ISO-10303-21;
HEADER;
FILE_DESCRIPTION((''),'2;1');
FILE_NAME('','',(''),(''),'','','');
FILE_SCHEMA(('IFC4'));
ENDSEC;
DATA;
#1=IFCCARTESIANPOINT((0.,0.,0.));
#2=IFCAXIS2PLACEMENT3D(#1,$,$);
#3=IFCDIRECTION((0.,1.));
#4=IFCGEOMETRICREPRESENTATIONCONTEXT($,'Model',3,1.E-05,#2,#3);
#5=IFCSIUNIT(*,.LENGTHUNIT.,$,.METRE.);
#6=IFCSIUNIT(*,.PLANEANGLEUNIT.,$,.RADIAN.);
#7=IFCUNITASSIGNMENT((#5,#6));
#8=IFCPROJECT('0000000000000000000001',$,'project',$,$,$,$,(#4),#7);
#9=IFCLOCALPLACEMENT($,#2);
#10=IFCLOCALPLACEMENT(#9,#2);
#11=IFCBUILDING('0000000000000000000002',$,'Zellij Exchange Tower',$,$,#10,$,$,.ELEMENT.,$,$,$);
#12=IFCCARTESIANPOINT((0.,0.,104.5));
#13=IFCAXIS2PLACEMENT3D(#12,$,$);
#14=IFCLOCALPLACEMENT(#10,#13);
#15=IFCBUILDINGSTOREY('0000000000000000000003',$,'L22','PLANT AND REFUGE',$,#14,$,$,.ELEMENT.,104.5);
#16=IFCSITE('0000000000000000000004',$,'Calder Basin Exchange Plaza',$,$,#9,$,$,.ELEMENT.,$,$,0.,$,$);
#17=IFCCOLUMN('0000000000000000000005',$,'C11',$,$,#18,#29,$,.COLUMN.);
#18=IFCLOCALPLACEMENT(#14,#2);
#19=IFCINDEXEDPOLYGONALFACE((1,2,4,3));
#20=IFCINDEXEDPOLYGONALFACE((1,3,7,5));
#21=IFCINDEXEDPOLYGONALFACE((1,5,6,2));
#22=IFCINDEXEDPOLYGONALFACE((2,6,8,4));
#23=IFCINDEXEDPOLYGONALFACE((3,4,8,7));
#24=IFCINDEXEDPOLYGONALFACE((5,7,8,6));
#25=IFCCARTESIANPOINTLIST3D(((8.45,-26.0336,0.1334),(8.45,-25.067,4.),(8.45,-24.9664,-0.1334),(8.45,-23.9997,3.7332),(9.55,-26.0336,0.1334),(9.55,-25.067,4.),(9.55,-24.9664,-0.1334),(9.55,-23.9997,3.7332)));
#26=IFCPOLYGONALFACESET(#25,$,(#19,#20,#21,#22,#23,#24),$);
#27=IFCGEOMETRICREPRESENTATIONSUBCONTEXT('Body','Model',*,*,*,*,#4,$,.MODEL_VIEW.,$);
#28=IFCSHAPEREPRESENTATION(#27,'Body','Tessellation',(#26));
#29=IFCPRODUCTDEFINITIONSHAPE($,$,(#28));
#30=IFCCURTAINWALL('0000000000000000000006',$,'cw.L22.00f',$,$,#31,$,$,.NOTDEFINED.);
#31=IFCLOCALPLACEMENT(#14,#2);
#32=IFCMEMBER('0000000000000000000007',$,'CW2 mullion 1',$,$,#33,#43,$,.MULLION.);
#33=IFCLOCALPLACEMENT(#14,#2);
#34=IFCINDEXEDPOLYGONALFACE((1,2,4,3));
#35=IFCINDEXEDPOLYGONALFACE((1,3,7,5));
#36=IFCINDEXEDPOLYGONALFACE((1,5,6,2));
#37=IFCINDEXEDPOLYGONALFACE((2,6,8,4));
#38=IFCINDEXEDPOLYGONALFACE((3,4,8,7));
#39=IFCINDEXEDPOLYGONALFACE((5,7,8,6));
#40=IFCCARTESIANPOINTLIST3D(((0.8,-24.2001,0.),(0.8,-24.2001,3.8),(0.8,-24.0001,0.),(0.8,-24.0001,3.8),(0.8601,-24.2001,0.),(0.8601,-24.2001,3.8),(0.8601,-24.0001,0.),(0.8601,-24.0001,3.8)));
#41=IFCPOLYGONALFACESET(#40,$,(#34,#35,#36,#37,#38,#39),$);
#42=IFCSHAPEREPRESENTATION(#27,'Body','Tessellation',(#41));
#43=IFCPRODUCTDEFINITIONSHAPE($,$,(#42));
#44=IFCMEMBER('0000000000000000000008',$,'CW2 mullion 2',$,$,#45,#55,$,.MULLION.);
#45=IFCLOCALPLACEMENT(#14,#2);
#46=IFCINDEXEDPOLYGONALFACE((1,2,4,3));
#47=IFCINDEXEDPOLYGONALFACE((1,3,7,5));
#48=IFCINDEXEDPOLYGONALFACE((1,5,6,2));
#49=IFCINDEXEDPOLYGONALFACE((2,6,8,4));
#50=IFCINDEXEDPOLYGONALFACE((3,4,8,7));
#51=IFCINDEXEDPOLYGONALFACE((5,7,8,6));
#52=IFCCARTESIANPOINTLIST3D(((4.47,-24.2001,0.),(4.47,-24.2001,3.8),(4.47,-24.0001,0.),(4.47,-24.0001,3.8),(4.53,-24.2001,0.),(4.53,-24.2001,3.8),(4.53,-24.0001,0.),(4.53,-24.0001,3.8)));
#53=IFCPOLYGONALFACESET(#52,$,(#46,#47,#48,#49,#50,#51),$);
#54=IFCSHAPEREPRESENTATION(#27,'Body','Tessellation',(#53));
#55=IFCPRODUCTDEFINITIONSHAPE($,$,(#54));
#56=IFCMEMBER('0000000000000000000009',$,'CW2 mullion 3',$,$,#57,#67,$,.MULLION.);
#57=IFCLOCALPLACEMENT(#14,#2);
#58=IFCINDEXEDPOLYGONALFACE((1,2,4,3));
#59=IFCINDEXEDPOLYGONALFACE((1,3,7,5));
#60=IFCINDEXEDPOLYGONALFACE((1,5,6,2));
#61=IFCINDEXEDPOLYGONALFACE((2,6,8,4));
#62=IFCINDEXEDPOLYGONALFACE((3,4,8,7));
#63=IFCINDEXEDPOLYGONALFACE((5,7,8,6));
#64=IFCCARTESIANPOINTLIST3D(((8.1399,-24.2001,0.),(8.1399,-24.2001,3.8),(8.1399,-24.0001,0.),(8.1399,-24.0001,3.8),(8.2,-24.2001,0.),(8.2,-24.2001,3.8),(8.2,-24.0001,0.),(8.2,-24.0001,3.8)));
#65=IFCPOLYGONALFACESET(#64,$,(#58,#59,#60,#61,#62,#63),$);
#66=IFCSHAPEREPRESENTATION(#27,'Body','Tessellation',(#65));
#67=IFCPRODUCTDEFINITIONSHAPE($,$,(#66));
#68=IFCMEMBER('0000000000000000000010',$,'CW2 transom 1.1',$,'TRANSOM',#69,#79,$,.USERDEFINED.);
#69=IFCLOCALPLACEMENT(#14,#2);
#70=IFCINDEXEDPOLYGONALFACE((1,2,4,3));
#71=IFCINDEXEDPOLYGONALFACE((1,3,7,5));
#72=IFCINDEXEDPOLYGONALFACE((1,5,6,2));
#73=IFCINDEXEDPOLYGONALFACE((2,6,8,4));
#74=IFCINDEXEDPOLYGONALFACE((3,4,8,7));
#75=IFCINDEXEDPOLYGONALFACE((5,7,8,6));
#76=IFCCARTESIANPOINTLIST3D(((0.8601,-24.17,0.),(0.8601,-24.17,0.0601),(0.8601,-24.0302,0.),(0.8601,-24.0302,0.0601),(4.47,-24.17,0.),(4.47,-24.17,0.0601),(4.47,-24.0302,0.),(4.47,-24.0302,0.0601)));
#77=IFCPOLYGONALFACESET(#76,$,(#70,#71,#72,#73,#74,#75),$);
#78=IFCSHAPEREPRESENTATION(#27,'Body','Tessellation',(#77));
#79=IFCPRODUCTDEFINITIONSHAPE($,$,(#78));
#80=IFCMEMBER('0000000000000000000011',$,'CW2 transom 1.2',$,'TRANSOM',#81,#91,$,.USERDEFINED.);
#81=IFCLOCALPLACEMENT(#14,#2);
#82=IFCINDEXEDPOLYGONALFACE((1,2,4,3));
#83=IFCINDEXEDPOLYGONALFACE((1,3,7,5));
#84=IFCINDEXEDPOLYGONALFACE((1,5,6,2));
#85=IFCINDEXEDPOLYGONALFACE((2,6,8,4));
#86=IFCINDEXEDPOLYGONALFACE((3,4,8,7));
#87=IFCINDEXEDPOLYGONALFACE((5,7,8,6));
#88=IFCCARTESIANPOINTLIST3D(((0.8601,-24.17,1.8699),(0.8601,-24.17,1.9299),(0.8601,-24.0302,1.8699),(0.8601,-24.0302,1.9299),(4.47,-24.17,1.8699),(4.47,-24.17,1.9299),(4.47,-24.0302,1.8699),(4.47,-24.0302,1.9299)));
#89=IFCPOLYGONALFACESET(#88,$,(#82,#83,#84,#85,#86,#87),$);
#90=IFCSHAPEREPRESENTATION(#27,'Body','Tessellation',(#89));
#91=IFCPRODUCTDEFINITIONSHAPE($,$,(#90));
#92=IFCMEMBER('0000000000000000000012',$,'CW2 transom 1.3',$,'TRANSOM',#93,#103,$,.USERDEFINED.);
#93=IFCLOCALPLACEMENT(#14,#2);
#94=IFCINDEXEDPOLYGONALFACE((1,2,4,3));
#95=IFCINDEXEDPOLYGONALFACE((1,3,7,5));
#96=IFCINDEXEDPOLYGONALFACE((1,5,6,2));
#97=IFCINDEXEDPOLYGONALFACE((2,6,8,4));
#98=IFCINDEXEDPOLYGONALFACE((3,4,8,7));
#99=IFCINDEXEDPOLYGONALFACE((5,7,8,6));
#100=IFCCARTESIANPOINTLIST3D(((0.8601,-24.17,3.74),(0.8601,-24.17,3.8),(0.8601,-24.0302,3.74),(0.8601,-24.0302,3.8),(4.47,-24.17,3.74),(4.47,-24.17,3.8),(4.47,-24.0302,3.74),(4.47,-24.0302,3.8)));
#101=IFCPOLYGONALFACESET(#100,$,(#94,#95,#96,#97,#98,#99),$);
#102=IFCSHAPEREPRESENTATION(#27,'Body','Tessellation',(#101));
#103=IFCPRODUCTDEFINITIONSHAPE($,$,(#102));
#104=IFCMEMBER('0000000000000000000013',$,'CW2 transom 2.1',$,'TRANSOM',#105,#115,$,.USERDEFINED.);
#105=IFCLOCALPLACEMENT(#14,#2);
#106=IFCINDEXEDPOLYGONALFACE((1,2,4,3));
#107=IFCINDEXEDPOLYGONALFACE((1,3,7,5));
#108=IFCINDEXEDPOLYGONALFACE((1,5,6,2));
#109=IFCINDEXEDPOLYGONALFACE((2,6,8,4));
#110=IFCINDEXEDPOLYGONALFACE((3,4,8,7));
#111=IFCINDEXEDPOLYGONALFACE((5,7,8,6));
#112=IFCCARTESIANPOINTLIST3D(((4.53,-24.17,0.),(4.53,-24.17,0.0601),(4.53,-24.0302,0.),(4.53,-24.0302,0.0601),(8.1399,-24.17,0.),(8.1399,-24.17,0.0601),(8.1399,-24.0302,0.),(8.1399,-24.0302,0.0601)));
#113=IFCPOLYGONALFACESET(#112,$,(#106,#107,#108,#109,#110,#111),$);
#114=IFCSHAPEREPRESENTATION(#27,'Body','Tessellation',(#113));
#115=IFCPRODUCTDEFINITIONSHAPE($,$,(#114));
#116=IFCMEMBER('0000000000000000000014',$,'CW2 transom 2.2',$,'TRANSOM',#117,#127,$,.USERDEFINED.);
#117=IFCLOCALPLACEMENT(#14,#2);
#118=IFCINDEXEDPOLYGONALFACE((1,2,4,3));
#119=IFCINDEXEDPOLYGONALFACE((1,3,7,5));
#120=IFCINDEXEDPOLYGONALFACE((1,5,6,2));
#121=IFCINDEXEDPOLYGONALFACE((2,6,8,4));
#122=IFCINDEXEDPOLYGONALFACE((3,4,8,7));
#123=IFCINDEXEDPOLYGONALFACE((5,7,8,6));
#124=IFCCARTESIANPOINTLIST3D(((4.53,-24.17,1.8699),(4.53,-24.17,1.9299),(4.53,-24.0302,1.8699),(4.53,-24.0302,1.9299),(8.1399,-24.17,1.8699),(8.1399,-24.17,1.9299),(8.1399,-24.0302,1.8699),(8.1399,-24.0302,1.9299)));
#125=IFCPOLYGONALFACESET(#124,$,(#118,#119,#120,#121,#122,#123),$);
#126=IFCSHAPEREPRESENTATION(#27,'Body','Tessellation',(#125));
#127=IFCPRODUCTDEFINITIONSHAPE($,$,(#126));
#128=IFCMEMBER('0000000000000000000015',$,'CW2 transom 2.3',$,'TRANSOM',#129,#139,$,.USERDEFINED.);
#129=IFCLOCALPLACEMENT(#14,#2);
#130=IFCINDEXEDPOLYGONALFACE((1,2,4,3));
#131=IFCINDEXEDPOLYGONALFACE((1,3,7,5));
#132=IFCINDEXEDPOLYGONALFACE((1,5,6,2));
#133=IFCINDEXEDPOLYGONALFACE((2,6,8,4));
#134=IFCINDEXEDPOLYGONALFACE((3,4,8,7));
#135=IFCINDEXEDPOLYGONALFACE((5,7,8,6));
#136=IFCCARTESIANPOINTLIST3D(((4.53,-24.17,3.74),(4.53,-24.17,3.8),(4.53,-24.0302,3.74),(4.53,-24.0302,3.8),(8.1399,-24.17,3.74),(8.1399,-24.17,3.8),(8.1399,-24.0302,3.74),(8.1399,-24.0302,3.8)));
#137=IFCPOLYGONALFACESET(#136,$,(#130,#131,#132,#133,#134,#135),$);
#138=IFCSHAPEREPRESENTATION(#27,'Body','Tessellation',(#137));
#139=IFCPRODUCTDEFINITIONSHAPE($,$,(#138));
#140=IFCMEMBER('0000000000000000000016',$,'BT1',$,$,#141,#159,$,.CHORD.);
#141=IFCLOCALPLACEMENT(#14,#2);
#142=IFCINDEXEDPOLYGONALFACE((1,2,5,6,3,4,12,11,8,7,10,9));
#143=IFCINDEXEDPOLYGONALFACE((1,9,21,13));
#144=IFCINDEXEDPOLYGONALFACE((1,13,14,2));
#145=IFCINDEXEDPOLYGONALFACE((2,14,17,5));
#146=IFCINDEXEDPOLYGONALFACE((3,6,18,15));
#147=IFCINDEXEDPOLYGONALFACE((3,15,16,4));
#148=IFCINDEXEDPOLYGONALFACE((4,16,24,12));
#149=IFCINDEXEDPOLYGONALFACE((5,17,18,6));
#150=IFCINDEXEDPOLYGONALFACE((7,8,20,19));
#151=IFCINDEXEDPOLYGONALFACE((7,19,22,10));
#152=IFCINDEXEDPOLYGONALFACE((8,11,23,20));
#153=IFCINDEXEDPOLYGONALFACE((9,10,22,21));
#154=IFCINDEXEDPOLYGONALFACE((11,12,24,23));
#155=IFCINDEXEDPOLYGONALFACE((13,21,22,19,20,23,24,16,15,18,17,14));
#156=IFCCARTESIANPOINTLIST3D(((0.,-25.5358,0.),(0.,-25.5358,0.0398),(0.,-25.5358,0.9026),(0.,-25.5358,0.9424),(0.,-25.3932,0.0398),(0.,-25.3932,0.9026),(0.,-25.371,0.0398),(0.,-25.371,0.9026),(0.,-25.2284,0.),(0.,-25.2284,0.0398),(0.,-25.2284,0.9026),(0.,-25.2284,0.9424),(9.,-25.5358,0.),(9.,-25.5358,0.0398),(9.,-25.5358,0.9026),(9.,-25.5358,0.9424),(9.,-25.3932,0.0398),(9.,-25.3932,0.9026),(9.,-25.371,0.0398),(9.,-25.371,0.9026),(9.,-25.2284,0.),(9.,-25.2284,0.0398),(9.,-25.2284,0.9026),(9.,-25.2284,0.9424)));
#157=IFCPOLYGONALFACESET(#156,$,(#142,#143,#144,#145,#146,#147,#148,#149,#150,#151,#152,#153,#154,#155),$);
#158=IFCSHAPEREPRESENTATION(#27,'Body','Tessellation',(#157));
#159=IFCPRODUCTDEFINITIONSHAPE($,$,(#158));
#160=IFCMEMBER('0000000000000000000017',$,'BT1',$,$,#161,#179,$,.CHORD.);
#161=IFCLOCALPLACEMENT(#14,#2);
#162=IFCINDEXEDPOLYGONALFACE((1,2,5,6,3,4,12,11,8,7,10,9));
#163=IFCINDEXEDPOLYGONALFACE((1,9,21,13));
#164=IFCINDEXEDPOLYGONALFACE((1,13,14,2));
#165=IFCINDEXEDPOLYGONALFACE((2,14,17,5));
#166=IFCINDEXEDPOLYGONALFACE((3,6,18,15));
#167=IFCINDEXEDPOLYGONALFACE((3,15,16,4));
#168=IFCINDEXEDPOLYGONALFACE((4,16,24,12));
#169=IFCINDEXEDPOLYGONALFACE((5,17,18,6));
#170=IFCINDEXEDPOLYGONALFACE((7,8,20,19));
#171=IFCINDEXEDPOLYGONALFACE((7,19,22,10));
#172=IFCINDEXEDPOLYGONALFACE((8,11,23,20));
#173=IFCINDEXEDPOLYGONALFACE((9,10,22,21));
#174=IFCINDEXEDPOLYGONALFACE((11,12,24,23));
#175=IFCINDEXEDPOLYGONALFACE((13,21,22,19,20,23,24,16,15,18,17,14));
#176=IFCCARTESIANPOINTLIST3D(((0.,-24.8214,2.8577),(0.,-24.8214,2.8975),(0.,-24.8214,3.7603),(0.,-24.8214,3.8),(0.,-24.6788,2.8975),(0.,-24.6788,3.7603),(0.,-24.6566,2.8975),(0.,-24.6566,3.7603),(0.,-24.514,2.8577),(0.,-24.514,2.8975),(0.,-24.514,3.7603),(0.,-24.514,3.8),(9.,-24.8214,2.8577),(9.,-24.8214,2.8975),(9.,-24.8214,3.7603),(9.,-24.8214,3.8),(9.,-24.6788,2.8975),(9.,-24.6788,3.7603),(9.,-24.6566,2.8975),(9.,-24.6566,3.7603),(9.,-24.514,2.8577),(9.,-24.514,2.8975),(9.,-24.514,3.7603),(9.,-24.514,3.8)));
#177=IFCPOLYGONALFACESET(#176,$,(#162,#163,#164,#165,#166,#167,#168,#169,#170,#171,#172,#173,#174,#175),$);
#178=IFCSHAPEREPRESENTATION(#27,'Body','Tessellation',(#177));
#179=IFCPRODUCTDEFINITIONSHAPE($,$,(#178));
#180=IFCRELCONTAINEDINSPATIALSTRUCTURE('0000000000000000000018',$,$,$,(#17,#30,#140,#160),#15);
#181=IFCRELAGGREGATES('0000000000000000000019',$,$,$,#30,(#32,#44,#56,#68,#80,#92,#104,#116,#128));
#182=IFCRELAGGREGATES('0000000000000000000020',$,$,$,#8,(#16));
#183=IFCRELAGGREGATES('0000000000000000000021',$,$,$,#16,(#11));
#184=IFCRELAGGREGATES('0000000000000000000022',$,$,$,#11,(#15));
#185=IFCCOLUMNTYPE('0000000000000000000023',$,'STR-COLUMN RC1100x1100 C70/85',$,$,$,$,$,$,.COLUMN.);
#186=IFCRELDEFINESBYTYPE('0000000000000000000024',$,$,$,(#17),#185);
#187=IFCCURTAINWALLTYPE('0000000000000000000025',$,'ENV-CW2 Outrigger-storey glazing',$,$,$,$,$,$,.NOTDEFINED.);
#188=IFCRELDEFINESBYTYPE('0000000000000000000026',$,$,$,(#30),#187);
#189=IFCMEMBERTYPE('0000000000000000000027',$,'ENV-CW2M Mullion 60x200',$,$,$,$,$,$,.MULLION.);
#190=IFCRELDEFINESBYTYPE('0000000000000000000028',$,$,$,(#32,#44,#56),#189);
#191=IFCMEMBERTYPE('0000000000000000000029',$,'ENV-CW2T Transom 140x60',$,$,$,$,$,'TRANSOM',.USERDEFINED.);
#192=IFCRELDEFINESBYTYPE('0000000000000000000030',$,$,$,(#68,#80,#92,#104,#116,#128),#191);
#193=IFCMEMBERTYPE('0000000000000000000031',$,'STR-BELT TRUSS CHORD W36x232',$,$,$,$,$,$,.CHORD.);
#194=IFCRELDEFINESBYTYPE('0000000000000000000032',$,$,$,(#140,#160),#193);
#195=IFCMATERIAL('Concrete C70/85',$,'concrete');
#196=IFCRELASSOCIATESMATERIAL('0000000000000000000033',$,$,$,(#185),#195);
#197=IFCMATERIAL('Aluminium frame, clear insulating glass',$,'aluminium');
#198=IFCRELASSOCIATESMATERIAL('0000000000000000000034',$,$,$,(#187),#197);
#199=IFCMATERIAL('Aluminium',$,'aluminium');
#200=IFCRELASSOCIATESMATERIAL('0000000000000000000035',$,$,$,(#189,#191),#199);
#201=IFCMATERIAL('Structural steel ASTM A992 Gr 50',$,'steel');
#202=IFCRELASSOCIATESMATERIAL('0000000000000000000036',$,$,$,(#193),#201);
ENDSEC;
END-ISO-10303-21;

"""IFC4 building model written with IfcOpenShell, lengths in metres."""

from ifc_helpers import new_model, si_unit, direction, frame, origin, origin_2d, place, context, subcontext, project, spatial, rectangle, i_section, extrude, clip, halfspace, material, material_profile, profile_set, type_object, element, aggregate, save


model = new_model("IFC4")

# Units and contexts
model_context = context("Model", 3, precision=1e-05, world=origin(), true_north=direction((0.0, 1.0)))
body_context = subcontext(model_context, "Body", "Model", "MODEL_VIEW")
ifc_project = project(units=[si_unit("LENGTHUNIT", "METRE"), si_unit("PLANEANGLEUNIT", "RADIAN")], contexts=[model_context])

# Site, building, storey
site_placement = place(None, origin())
site = spatial("IfcSite", under=ifc_project, at=site_placement, Name="Calder Basin Exchange Plaza", CompositionType="ELEMENT", RefElevation=0.0)
building_placement = place(site_placement, origin())
building = spatial("IfcBuilding", under=site, at=building_placement, Name="Zellij Exchange Tower", CompositionType="ELEMENT")
storey_placement = place(building_placement, frame((0.0, 0.0, 104.5)))
storey = spatial("IfcBuildingStorey", under=building, at=storey_placement, Name="L22", Description="PLANT AND REFUGE", CompositionType="ELEMENT", Elevation=104.5)

# Column
ifc_material_1 = material(Name="Concrete C70/85", Category="concrete")
ifc_material_profile_1 = material_profile(ifc_material_1, rectangle(XDim=1.1001, YDim=1.1001, at=origin_2d()), Name="STR-COLUMN RC1100x1100 C70/85")
ifc_profile_set_1 = profile_set([ifc_material_profile_1], Name="Concrete C70/85")
column_type = type_object("IfcColumnType", Name="STR-COLUMN RC1100x1100 C70/85", PredefinedType="COLUMN", material=ifc_profile_set_1)
column_placement = place(storey_placement, frame((9.0, -25.5, 0.0), z_axis=(0.0, 0.242536, 0.970143), x_axis=(-1.0, 0.0, 0.0)))
element("IfcColumn", 1, at=column_placement, inside=storey, type_object=column_type, Name="C11", PredefinedType="COLUMN", context=body_context, shape_type="Clipping", body=[
    clip(extrude(rectangle(XDim=1.1001, YDim=1.1001, at=origin_2d()), origin(), (0.0, 0.0, 1.0), 4.123), halfspace(frame((0.0, 0.0, 3.9856)), False)),
])

# Curtain wall, members
ifc_material_2 = material(Name="Aluminium frame, clear insulating glass", Category="aluminium")
curtain_wall_type = type_object("IfcCurtainWallType", Name="ENV-CW2 Outrigger-storey glazing", PredefinedType="NOTDEFINED", material=ifc_material_2)
curtain_wall_placement = place(storey_placement, origin())
curtain_wall = element("IfcCurtainWall", 2, at=curtain_wall_placement, inside=storey, type_object=curtain_wall_type, Name="cw.L22.00f", PredefinedType="NOTDEFINED")
ifc_material_3 = material(Name="Aluminium", Category="aluminium")
ifc_material_profile_2 = material_profile(ifc_material_3, rectangle(XDim=0.0601, YDim=0.2, at=origin_2d()), Name="AL 60x200")
ifc_profile_set_2 = profile_set([ifc_material_profile_2], Name="Aluminium")
member_type_1 = type_object("IfcMemberType", Name="ENV-CW2M Mullion 60x200", PredefinedType="MULLION", material=ifc_profile_set_2)
member_1_placement = place(storey_placement, frame((0.8301, -24.1001, 0.0), z_axis=(0.0, 0.0, 1.0), x_axis=(1.0, 0.0, 0.0)))
member_1 = element("IfcMember", 3, at=member_1_placement, type_object=member_type_1, Name="CW2 mullion 1", PredefinedType="MULLION", context=body_context, shape_type="SweptSolid", body=[
    extrude(rectangle(XDim=0.0601, YDim=0.2, at=origin_2d()), origin(), (0.0, 0.0, 1.0), 3.8),
])
member_2_placement = place(storey_placement, frame((4.5, -24.1001, 0.0), z_axis=(0.0, 0.0, 1.0), x_axis=(1.0, 0.0, 0.0)))
member_2 = element("IfcMember", 4, at=member_2_placement, type_object=member_type_1, Name="CW2 mullion 2", PredefinedType="MULLION", context=body_context, shape_type="SweptSolid", body=[
    extrude(rectangle(XDim=0.0601, YDim=0.2, at=origin_2d()), origin(), (0.0, 0.0, 1.0), 3.8),
])
member_3_placement = place(storey_placement, frame((8.1699, -24.1001, 0.0), z_axis=(0.0, 0.0, 1.0), x_axis=(1.0, 0.0, 0.0)))
member_3 = element("IfcMember", 5, at=member_3_placement, type_object=member_type_1, Name="CW2 mullion 3", PredefinedType="MULLION", context=body_context, shape_type="SweptSolid", body=[
    extrude(rectangle(XDim=0.0601, YDim=0.2, at=origin_2d()), origin(), (0.0, 0.0, 1.0), 3.8),
])
ifc_material_profile_3 = material_profile(ifc_material_3, rectangle(XDim=0.1399, YDim=0.0601, at=origin_2d()), Name="AL 140x60")
ifc_profile_set_3 = profile_set([ifc_material_profile_3], Name="Aluminium")
member_type_2 = type_object("IfcMemberType", Name="ENV-CW2T Transom 140x60", ElementType="TRANSOM", PredefinedType="USERDEFINED", material=ifc_profile_set_3)
member_4_placement = place(storey_placement, frame((0.8601, -24.1001, 0.03), z_axis=(1.0, 0.0, 0.0), x_axis=(0.0, 1.0, 0.0)))
member_4 = element("IfcMember", 6, at=member_4_placement, type_object=member_type_2, Name="CW2 transom 1.1", ObjectType="TRANSOM", PredefinedType="USERDEFINED", context=body_context, shape_type="SweptSolid", body=[
    extrude(rectangle(XDim=0.1399, YDim=0.0601, at=origin_2d()), origin(), (0.0, 0.0, 1.0), 3.6099),
])
member_5_placement = place(storey_placement, frame((0.8601, -24.1001, 1.8999), z_axis=(1.0, 0.0, 0.0), x_axis=(0.0, 1.0, 0.0)))
member_5 = element("IfcMember", 7, at=member_5_placement, type_object=member_type_2, Name="CW2 transom 1.2", ObjectType="TRANSOM", PredefinedType="USERDEFINED", context=body_context, shape_type="SweptSolid", body=[
    extrude(rectangle(XDim=0.1399, YDim=0.0601, at=origin_2d()), origin(), (0.0, 0.0, 1.0), 3.6099),
])
member_6_placement = place(storey_placement, frame((0.8601, -24.1001, 3.77), z_axis=(1.0, 0.0, 0.0), x_axis=(0.0, 1.0, 0.0)))
member_6 = element("IfcMember", 8, at=member_6_placement, type_object=member_type_2, Name="CW2 transom 1.3", ObjectType="TRANSOM", PredefinedType="USERDEFINED", context=body_context, shape_type="SweptSolid", body=[
    extrude(rectangle(XDim=0.1399, YDim=0.0601, at=origin_2d()), origin(), (0.0, 0.0, 1.0), 3.6099),
])
member_7_placement = place(storey_placement, frame((4.53, -24.1001, 0.03), z_axis=(1.0, 0.0, 0.0), x_axis=(0.0, 1.0, 0.0)))
member_7 = element("IfcMember", 9, at=member_7_placement, type_object=member_type_2, Name="CW2 transom 2.1", ObjectType="TRANSOM", PredefinedType="USERDEFINED", context=body_context, shape_type="SweptSolid", body=[
    extrude(rectangle(XDim=0.1399, YDim=0.0601, at=origin_2d()), origin(), (0.0, 0.0, 1.0), 3.6099),
])
member_8_placement = place(storey_placement, frame((4.53, -24.1001, 1.8999), z_axis=(1.0, 0.0, 0.0), x_axis=(0.0, 1.0, 0.0)))
member_8 = element("IfcMember", 10, at=member_8_placement, type_object=member_type_2, Name="CW2 transom 2.2", ObjectType="TRANSOM", PredefinedType="USERDEFINED", context=body_context, shape_type="SweptSolid", body=[
    extrude(rectangle(XDim=0.1399, YDim=0.0601, at=origin_2d()), origin(), (0.0, 0.0, 1.0), 3.6099),
])
member_9_placement = place(storey_placement, frame((4.53, -24.1001, 3.77), z_axis=(1.0, 0.0, 0.0), x_axis=(0.0, 1.0, 0.0)))
member_9 = element("IfcMember", 11, at=member_9_placement, type_object=member_type_2, Name="CW2 transom 2.3", ObjectType="TRANSOM", PredefinedType="USERDEFINED", context=body_context, shape_type="SweptSolid", body=[
    extrude(rectangle(XDim=0.1399, YDim=0.0601, at=origin_2d()), origin(), (0.0, 0.0, 1.0), 3.6099),
])

# Members
ifc_material_4 = material(Name="Structural steel ASTM A992 Gr 50", Category="steel")
ifc_material_profile_4 = material_profile(ifc_material_4, i_section(OverallWidth=0.3074, OverallDepth=0.9424, WebThickness=0.0222, FlangeThickness=0.0398, at=origin_2d()), Name="W36x232")
ifc_profile_set_4 = profile_set([ifc_material_profile_4], Name="Structural steel ASTM A992 Gr 50")
member_type_3 = type_object("IfcMemberType", Name="STR-BELT TRUSS CHORD W36x232", PredefinedType="CHORD", material=ifc_profile_set_4)
for number, where, z_axis, x_axis, name in (
    (12, (0.0, -25.3821, 0.4712), (1.0, 0.0, 0.0), (0.0, 1.0, 0.0), "BT1"),
    (13, (0.0, -24.6677, 3.3289), (1.0, 0.0, 0.0), (0.0, 1.0, 0.0), "BT1"),
):
    element("IfcMember", number, at=place(storey_placement, frame(where, z_axis=z_axis, x_axis=x_axis)), inside=storey, type_object=member_type_3, Name=name, PredefinedType="CHORD", context=body_context, shape_type="SweptSolid", body=[
        extrude(i_section(OverallWidth=0.3074, OverallDepth=0.9424, WebThickness=0.0222, FlangeThickness=0.0398, at=origin_2d()), origin(), (0.0, 0.0, 1.0), 9.0),
    ])

aggregate(curtain_wall, [member_1, member_2, member_3, member_4, member_5, member_6, member_7, member_8, member_9])

save(model, "model.ifc")
